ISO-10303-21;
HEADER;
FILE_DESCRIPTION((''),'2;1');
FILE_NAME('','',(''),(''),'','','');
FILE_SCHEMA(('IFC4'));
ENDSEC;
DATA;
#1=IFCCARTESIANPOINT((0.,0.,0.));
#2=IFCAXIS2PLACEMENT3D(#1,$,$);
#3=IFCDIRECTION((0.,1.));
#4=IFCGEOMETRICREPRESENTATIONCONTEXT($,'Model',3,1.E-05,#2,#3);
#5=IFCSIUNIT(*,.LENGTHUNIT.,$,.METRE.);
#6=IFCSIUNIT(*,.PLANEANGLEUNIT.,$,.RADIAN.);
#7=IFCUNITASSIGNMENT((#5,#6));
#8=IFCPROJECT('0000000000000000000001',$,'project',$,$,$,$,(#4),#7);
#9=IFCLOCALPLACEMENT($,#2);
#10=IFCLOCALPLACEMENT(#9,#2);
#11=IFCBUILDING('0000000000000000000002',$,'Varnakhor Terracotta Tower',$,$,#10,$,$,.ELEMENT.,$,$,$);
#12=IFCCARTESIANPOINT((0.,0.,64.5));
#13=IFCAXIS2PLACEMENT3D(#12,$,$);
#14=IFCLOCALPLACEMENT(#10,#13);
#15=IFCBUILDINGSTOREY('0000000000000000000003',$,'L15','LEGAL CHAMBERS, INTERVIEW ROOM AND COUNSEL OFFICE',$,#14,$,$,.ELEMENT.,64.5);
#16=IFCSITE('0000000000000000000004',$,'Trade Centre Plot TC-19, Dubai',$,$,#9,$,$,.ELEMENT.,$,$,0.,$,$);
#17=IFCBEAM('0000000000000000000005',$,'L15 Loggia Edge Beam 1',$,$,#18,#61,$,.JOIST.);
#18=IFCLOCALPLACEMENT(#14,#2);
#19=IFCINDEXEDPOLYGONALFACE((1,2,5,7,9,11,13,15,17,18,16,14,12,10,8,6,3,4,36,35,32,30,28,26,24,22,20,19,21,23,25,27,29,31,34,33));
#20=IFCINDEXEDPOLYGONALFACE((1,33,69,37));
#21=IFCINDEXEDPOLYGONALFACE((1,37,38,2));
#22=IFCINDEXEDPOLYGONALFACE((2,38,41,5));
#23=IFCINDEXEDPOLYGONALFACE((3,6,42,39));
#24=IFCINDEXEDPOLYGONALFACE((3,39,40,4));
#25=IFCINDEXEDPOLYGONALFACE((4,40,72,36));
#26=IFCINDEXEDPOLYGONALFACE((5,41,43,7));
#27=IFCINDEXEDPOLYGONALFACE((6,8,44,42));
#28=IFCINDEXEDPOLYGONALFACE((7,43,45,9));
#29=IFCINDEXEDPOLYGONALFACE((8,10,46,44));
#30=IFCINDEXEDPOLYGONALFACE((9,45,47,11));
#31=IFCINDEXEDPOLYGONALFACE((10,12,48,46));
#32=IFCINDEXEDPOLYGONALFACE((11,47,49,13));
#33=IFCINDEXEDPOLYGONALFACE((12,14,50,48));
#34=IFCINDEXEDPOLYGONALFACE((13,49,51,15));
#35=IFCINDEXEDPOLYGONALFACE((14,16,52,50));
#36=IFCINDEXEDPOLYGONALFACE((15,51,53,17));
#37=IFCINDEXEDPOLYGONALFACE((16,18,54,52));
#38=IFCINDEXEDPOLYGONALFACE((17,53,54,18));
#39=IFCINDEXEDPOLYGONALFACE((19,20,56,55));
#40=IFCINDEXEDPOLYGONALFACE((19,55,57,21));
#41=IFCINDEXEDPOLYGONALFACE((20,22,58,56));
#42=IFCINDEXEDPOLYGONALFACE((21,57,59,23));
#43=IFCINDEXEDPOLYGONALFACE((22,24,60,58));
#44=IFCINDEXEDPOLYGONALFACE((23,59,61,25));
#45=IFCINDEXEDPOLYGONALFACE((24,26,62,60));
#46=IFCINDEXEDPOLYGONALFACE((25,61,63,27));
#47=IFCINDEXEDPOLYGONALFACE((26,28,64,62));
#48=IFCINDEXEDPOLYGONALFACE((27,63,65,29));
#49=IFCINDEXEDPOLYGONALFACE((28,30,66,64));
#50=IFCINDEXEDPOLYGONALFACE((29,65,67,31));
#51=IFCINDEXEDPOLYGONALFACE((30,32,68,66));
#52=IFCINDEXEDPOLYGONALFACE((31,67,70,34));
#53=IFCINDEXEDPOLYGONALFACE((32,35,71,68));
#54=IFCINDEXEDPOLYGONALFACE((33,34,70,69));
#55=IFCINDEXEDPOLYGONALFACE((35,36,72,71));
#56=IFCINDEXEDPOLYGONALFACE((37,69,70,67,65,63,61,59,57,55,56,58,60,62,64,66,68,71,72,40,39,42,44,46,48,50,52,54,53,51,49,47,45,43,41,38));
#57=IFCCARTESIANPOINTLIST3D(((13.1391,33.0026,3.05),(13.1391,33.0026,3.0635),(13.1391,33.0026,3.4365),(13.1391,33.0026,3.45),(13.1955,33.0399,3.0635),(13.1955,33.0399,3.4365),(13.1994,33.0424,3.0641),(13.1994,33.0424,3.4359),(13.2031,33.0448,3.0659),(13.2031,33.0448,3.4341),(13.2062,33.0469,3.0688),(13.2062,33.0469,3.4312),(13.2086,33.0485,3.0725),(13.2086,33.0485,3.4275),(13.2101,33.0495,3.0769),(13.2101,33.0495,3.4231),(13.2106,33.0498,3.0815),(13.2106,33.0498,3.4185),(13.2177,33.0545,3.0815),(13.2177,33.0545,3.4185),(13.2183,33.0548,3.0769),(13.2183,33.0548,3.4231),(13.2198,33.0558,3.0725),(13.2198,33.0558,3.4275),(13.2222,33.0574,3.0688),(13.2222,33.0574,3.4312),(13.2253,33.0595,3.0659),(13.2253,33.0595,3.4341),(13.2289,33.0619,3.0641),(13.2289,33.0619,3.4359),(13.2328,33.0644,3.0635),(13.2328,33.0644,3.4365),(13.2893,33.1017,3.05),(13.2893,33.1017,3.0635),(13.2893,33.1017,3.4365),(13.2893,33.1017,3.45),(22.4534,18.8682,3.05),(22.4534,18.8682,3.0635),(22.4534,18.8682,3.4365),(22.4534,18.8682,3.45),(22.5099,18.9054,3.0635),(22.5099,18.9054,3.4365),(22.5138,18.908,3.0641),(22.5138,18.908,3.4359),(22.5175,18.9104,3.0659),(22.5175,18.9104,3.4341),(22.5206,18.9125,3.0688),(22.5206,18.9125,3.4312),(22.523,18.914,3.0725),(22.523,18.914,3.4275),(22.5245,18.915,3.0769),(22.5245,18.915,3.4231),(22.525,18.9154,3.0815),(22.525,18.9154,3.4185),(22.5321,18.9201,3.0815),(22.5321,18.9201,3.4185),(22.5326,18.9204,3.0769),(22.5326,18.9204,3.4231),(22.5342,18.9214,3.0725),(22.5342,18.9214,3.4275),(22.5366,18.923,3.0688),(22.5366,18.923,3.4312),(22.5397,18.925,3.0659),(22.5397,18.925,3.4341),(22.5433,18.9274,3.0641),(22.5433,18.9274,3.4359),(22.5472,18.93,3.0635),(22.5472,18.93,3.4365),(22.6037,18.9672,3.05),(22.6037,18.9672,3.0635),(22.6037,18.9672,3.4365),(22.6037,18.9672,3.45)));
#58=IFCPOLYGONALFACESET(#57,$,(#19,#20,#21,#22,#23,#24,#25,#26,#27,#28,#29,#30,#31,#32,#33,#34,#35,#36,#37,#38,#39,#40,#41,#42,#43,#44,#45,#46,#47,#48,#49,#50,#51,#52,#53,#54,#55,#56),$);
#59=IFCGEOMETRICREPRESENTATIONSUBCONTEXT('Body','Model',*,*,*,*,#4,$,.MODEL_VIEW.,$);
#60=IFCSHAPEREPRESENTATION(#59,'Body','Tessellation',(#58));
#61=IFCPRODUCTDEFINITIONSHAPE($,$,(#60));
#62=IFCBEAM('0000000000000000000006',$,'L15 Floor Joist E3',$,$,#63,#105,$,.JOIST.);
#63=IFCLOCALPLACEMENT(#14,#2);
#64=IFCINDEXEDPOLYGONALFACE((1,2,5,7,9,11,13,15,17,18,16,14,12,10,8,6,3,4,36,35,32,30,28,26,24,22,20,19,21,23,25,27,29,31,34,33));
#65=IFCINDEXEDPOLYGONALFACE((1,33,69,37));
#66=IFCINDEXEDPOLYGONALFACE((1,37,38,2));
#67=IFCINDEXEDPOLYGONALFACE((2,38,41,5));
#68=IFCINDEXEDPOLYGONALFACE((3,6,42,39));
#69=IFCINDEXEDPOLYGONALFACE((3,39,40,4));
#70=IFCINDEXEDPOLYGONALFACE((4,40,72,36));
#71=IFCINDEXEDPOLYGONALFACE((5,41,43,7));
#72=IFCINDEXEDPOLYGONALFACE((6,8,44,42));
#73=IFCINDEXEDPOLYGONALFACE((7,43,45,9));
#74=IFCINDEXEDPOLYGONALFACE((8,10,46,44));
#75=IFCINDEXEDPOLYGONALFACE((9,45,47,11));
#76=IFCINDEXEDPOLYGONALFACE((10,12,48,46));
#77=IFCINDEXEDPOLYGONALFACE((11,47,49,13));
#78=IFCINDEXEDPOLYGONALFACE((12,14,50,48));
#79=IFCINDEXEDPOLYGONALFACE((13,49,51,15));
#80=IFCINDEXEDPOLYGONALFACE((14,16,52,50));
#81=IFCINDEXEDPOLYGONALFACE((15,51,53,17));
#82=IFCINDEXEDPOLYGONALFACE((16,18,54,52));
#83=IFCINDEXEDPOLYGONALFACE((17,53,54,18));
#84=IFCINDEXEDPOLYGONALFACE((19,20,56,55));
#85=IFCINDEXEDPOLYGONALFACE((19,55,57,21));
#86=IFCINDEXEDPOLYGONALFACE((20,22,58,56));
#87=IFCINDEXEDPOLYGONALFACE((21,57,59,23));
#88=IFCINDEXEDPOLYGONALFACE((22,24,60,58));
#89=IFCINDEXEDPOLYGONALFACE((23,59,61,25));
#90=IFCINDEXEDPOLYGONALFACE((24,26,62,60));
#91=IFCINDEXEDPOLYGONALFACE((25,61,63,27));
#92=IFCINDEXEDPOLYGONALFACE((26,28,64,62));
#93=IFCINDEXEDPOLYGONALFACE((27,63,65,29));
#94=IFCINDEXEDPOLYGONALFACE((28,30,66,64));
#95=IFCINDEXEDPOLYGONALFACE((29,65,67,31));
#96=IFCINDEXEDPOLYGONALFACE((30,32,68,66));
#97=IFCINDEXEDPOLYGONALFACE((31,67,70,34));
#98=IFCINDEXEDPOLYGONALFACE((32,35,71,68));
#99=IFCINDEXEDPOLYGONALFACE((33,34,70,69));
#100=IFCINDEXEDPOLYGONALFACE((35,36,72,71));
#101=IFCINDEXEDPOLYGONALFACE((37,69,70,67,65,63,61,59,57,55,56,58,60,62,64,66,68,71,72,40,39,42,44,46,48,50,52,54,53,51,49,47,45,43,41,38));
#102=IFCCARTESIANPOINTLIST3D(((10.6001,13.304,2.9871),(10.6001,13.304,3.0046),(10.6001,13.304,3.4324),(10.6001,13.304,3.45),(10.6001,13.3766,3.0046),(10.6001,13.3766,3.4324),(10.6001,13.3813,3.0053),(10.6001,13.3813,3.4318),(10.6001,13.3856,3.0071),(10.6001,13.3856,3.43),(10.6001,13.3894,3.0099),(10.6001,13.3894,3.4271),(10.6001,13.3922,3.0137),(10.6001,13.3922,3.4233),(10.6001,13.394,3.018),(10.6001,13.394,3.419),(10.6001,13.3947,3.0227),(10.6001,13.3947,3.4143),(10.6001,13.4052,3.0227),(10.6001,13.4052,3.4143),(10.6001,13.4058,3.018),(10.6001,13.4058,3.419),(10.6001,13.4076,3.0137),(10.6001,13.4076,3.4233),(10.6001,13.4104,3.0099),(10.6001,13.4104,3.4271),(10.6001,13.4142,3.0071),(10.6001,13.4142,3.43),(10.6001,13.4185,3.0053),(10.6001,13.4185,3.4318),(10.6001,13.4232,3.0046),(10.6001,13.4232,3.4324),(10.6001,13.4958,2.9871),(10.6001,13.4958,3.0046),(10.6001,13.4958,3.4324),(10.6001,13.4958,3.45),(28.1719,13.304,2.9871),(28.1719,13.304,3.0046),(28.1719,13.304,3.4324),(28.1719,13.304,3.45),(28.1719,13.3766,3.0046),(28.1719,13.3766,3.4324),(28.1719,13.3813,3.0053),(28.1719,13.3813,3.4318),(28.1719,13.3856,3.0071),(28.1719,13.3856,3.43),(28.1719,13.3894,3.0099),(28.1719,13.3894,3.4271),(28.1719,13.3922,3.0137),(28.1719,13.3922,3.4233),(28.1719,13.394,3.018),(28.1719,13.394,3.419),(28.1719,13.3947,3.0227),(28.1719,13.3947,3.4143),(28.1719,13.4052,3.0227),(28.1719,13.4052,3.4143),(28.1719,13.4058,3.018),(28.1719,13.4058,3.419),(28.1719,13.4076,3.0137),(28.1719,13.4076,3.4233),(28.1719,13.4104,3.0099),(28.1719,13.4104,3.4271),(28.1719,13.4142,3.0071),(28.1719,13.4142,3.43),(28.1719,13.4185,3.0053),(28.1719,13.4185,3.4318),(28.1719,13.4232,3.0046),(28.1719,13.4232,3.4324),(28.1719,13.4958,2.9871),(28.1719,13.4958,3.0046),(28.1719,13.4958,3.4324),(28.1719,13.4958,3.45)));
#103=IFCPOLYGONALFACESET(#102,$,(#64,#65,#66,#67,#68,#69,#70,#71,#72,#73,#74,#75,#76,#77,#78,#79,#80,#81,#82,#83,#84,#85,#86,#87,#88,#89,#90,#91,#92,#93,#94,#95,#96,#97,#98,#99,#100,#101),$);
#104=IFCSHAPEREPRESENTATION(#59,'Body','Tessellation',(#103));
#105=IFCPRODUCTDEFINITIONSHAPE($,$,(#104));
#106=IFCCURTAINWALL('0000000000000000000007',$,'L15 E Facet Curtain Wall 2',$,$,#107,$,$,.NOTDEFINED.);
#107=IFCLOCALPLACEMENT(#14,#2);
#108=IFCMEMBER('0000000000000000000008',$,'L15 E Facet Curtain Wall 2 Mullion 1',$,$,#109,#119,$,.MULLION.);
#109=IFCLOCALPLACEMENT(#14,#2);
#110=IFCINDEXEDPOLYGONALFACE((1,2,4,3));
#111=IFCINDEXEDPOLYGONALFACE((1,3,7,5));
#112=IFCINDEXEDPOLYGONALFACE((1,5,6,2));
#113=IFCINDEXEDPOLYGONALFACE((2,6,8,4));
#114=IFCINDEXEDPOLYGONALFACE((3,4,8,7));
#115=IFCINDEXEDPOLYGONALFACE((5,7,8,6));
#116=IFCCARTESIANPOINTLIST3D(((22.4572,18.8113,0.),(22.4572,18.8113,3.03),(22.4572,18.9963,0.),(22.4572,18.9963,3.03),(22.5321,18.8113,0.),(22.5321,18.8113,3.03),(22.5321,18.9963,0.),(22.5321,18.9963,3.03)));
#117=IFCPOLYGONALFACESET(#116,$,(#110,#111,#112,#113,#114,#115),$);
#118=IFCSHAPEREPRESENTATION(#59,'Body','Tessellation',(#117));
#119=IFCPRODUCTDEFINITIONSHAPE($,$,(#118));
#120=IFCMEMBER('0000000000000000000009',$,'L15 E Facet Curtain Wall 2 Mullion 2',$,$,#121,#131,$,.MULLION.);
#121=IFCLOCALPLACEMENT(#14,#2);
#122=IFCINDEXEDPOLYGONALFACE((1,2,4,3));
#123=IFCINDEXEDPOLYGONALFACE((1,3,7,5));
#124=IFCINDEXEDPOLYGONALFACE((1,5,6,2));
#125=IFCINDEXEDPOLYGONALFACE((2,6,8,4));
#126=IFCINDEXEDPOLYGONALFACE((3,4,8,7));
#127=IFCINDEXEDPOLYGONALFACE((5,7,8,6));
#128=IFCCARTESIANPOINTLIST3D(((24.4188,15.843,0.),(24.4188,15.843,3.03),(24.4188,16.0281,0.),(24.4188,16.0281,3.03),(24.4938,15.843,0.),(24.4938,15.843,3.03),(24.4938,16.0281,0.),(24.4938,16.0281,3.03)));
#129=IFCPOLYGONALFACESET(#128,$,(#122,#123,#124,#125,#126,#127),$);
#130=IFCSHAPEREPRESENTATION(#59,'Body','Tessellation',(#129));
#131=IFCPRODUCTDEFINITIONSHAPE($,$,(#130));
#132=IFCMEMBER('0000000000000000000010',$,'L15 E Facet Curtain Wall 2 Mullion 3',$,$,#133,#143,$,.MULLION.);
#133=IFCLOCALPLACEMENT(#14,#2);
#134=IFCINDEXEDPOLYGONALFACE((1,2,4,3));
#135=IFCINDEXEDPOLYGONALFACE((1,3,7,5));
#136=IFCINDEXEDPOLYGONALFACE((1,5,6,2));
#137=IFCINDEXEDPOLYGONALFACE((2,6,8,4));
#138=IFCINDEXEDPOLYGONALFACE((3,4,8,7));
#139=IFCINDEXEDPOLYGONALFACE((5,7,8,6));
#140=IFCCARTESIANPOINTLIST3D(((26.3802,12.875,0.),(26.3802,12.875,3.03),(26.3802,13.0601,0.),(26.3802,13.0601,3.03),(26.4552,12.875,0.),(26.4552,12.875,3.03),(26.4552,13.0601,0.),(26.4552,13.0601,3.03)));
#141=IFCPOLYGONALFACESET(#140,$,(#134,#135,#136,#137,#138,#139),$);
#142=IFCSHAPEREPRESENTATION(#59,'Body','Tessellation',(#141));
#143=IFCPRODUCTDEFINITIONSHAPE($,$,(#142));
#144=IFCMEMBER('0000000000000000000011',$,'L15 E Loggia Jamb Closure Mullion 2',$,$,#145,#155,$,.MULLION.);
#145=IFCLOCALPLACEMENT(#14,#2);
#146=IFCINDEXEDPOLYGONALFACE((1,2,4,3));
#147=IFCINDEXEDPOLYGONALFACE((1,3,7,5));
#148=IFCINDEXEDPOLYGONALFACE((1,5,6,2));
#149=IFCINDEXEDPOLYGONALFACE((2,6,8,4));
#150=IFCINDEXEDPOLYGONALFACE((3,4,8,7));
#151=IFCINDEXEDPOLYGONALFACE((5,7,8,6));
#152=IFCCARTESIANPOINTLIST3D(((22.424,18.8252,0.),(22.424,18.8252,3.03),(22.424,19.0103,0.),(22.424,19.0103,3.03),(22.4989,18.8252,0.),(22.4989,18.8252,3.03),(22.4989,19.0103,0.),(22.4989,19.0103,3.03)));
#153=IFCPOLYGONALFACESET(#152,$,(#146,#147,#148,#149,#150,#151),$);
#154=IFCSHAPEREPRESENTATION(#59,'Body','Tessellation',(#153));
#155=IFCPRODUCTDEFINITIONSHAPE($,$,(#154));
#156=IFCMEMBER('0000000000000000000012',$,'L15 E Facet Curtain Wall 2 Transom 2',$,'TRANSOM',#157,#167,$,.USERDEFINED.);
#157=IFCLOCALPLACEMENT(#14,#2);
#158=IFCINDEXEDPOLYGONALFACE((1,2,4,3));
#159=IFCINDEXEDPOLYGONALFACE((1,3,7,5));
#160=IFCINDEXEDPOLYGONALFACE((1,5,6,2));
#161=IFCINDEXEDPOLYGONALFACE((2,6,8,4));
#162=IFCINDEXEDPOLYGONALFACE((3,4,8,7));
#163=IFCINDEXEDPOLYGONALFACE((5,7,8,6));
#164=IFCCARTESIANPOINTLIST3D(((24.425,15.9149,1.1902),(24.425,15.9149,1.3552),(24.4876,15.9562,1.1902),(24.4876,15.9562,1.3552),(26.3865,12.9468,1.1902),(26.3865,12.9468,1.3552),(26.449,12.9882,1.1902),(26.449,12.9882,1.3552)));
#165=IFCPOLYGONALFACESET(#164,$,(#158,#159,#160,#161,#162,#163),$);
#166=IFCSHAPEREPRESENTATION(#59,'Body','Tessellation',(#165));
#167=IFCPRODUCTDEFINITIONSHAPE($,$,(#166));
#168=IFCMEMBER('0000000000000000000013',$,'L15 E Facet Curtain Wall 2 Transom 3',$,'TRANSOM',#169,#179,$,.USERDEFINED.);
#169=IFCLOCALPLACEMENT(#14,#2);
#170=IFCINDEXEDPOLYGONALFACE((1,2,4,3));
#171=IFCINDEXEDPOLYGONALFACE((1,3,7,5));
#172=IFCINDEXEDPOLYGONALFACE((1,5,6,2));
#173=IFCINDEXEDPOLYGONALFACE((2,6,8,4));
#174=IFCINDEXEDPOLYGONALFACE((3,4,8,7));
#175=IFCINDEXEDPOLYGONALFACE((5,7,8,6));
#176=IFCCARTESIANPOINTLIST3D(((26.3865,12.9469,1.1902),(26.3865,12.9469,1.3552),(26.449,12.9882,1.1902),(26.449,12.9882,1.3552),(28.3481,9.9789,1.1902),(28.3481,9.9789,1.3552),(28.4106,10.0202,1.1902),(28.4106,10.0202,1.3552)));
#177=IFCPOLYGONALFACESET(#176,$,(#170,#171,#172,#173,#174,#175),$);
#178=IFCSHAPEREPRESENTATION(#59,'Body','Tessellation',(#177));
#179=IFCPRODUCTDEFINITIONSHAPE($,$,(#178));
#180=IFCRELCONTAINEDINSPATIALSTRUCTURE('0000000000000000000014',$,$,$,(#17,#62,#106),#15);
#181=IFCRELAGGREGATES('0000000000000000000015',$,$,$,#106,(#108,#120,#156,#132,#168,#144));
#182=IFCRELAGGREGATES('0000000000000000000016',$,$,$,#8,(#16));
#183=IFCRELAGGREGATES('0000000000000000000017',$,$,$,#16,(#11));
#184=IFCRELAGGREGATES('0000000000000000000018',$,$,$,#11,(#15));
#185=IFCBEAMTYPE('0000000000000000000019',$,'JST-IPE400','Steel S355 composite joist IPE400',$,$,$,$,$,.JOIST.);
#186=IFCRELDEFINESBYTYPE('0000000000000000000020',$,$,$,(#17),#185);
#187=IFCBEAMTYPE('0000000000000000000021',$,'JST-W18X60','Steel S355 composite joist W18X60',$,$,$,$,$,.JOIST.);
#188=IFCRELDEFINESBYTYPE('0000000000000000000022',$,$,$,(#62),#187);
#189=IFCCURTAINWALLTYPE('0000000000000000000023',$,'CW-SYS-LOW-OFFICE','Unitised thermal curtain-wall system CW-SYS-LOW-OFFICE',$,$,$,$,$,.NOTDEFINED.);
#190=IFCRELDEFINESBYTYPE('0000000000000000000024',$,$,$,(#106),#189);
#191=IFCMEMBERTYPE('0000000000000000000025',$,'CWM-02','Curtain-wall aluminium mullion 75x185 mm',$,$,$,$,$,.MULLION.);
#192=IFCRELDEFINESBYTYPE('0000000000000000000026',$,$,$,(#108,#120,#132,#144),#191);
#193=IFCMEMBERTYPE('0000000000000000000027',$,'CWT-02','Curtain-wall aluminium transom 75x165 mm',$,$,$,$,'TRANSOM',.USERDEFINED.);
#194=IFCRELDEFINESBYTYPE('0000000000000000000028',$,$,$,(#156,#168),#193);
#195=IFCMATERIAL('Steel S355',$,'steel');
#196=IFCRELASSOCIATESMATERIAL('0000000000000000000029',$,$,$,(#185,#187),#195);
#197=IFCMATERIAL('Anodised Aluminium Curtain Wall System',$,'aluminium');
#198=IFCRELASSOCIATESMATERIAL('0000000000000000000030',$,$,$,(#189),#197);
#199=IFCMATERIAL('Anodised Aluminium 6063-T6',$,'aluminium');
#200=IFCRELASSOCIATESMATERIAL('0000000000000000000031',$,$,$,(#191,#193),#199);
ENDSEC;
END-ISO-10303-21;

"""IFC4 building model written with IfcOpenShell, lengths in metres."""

from ifc_helpers import new_model, si_unit, direction, frame, origin, origin_2d, place, context, subcontext, project, spatial, rectangle, i_section, extrude, source, transform, mapped, material, material_profile, profile_set, type_object, type_shapes, element, aggregate, save


model = new_model("IFC4")

# Units and contexts
model_context = context("Model", 3, precision=1e-05, world=origin(), true_north=direction((0.0, 1.0)))
body_context = subcontext(model_context, "Body", "Model", "MODEL_VIEW")
ifc_project = project(units=[si_unit("LENGTHUNIT", "METRE"), si_unit("PLANEANGLEUNIT", "RADIAN")], contexts=[model_context])

# Site, building, storey
site_placement = place(None, origin())
site = spatial("IfcSite", under=ifc_project, at=site_placement, Name="Trade Centre Plot TC-19, Dubai", CompositionType="ELEMENT", RefElevation=0.0)
building_placement = place(site_placement, origin())
building = spatial("IfcBuilding", under=site, at=building_placement, Name="Varnakhor Terracotta Tower", CompositionType="ELEMENT")
storey_placement = place(building_placement, frame((0.0, 0.0, 64.5)))
storey = spatial("IfcBuildingStorey", under=building, at=storey_placement, Name="L15", Description="LEGAL CHAMBERS, INTERVIEW ROOM AND COUNSEL OFFICE", CompositionType="ELEMENT", Elevation=64.5)

# Beams
ifc_material_1 = material(Name="Steel S355", Category="steel")
ifc_material_profile_1 = material_profile(ifc_material_1, i_section(OverallWidth=0.1799, OverallDepth=0.3999, WebThickness=0.0085, FlangeThickness=0.0134, FilletRadius=0.0181, at=origin_2d()), Name="IPE400")
ifc_profile_set_1 = profile_set([ifc_material_profile_1], Name="Steel S355")
beam_type_1 = type_object("IfcBeamType", Name="JST-IPE400", Description="Steel S355 composite joist IPE400", PredefinedType="JOIST", material=ifc_profile_set_1)
shared_shape_1 = source(origin(), body_context, "Body", "SweptSolid", [
    extrude(i_section(OverallWidth=0.1799, OverallDepth=0.3999, WebThickness=0.0085, FlangeThickness=0.0134, FilletRadius=0.0181, at=origin_2d()), origin(), (0.0, 0.0, 1.0), 16.9275),
])
beam_1_placement = place(storey_placement, frame((22.5286, 18.9177, 3.25), z_axis=(-0.550252, 0.834998, 0.0), x_axis=(-0.834998, -0.550252, 0.0)))
element("IfcBeam", 1, at=beam_1_placement, inside=storey, type_object=beam_type_1, Name="L15 Loggia Edge Beam 1", PredefinedType="JOIST", context=body_context, shape_type="MappedRepresentation", body=[
    mapped(shared_shape_1, transform((0.0, 0.0, 0.0), scale=1.0)),
])
ifc_material_profile_2 = material_profile(ifc_material_1, i_section(OverallWidth=0.1919, OverallDepth=0.4629, WebThickness=0.0105, FlangeThickness=0.0176, FilletRadius=0.0181, at=origin_2d()), Name="W18X60")
ifc_profile_set_2 = profile_set([ifc_material_profile_2], Name="Steel S355")
beam_type_2 = type_object("IfcBeamType", Name="JST-W18X60", Description="Steel S355 composite joist W18X60", PredefinedType="JOIST", material=ifc_profile_set_2)
shared_shape_2 = source(origin(), body_context, "Body", "SweptSolid", [
    extrude(i_section(OverallWidth=0.1919, OverallDepth=0.4629, WebThickness=0.0105, FlangeThickness=0.0176, FilletRadius=0.0181, at=origin_2d()), origin(), (0.0, 0.0, 1.0), 17.5718),
])
beam_2_placement = place(storey_placement, frame((10.6001, 13.3999, 3.2185), z_axis=(1.0, 0.0, 0.0), x_axis=(0.0, 1.0, 0.0)))
element("IfcBeam", 2, at=beam_2_placement, inside=storey, type_object=beam_type_2, Name="L15 Floor Joist E3", PredefinedType="JOIST", context=body_context, shape_type="MappedRepresentation", body=[
    mapped(shared_shape_2, transform((0.0, 0.0, 0.0), scale=1.0)),
])

# Curtain wall, members
ifc_material_2 = material(Name="Anodised Aluminium Curtain Wall System", Category="aluminium")
curtain_wall_type = type_object("IfcCurtainWallType", Name="CW-SYS-LOW-OFFICE", Description="Unitised thermal curtain-wall system CW-SYS-LOW-OFFICE", PredefinedType="NOTDEFINED", material=ifc_material_2)
curtain_wall_placement = place(storey_placement, origin())
curtain_wall = element("IfcCurtainWall", 3, at=curtain_wall_placement, inside=storey, type_object=curtain_wall_type, Name="L15 E Facet Curtain Wall 2", PredefinedType="NOTDEFINED")
ifc_material_3 = material(Name="Anodised Aluminium 6063-T6", Category="aluminium")
ifc_material_profile_3 = material_profile(ifc_material_3, rectangle(XDim=0.075, YDim=0.1851, at=origin_2d()), Name="ALU MULLION 75x185")
ifc_profile_set_3 = profile_set([ifc_material_profile_3], Name="Anodised Aluminium 6063-T6")
member_type_1 = type_object("IfcMemberType", Name="CWM-02", Description="Curtain-wall aluminium mullion 75x185 mm", PredefinedType="MULLION", material=ifc_profile_set_3)
shared_shape_3 = source(origin(), body_context, "Body", "SweptSolid", [
    extrude(rectangle(XDim=0.075, YDim=0.1851, at=origin_2d()), origin(), (0.0, 0.0, 1.0), 3.03),
])
type_shapes(member_type_1, [shared_shape_3])
member_1_placement = place(storey_placement, frame((22.4946, 18.9038, 0.0), z_axis=(0.0, 0.0, 1.0), x_axis=(1.0, 0.0, 0.0)))
member_1 = element("IfcMember", 4, at=member_1_placement, type_object=member_type_1, Name="L15 E Facet Curtain Wall 2 Mullion 1", PredefinedType="MULLION", context=body_context, shape_type="MappedRepresentation", body=[
    mapped(shared_shape_3, transform((0.0, 0.0, 0.0), scale=1.0)),
])
member_2_placement = place(storey_placement, frame((24.4563, 15.9355, 0.0), z_axis=(0.0, 0.0, 1.0), x_axis=(1.0, 0.0, 0.0)))
member_2 = element("IfcMember", 5, at=member_2_placement, type_object=member_type_1, Name="L15 E Facet Curtain Wall 2 Mullion 2", PredefinedType="MULLION", context=body_context, shape_type="MappedRepresentation", body=[
    mapped(shared_shape_3, transform((0.0, 0.0, 0.0), scale=1.0)),
])
member_3_placement = place(storey_placement, frame((26.4177, 12.9675, 0.0), z_axis=(0.0, 0.0, 1.0), x_axis=(1.0, 0.0, 0.0)))
member_3 = element("IfcMember", 6, at=member_3_placement, type_object=member_type_1, Name="L15 E Facet Curtain Wall 2 Mullion 3", PredefinedType="MULLION", context=body_context, shape_type="MappedRepresentation", body=[
    mapped(shared_shape_3, transform((0.0, 0.0, 0.0), scale=1.0)),
])
member_4_placement = place(storey_placement, frame((22.4614, 18.9177, 0.0), z_axis=(0.0, 0.0, 1.0), x_axis=(1.0, 0.0, 0.0)))
member_4 = element("IfcMember", 7, at=member_4_placement, type_object=member_type_1, Name="L15 E Loggia Jamb Closure Mullion 2", PredefinedType="MULLION", context=body_context, shape_type="MappedRepresentation", body=[
    mapped(shared_shape_3, transform((0.0, 0.0, 0.0), scale=1.0)),
])
ifc_material_profile_4 = material_profile(ifc_material_3, rectangle(XDim=0.075, YDim=0.165, at=origin_2d()), Name="ALU TRANSOM 75x165")
ifc_profile_set_4 = profile_set([ifc_material_profile_4], Name="Anodised Aluminium 6063-T6")
member_type_2 = type_object("IfcMemberType", Name="CWT-02", Description="Curtain-wall aluminium transom 75x165 mm", ElementType="TRANSOM", PredefinedType="USERDEFINED", material=ifc_profile_set_4)
shared_shape_4 = source(origin(), body_context, "Body", "SweptSolid", [
    extrude(rectangle(XDim=0.075, YDim=0.165, at=origin_2d()), origin(), (0.0, 0.0, 1.0), 3.5576),
])
member_5_placement = place(storey_placement, frame((24.4563, 15.9355, 1.2727), z_axis=(0.551338, -0.834282, 0.0), x_axis=(0.834282, 0.551338, 0.0)))
member_5 = element("IfcMember", 8, at=member_5_placement, type_object=member_type_2, Name="L15 E Facet Curtain Wall 2 Transom 2", ObjectType="TRANSOM", PredefinedType="USERDEFINED", context=body_context, shape_type="MappedRepresentation", body=[
    mapped(shared_shape_4, transform((0.0, 0.0, 0.0), scale=1.0)),
])
member_6_placement = place(storey_placement, frame((26.4177, 12.9675, 1.2727), z_axis=(0.551386, -0.83425, 0.0), x_axis=(0.83425, 0.551386, 0.0)))
member_6 = element("IfcMember", 9, at=member_6_placement, type_object=member_type_2, Name="L15 E Facet Curtain Wall 2 Transom 3", ObjectType="TRANSOM", PredefinedType="USERDEFINED", context=body_context, shape_type="MappedRepresentation", body=[
    mapped(shared_shape_4, transform((0.0, 0.0, 0.0), scale=1.0)),
])

aggregate(curtain_wall, [member_1, member_2, member_5, member_3, member_6, member_4])

save(model, "model.ifc")
